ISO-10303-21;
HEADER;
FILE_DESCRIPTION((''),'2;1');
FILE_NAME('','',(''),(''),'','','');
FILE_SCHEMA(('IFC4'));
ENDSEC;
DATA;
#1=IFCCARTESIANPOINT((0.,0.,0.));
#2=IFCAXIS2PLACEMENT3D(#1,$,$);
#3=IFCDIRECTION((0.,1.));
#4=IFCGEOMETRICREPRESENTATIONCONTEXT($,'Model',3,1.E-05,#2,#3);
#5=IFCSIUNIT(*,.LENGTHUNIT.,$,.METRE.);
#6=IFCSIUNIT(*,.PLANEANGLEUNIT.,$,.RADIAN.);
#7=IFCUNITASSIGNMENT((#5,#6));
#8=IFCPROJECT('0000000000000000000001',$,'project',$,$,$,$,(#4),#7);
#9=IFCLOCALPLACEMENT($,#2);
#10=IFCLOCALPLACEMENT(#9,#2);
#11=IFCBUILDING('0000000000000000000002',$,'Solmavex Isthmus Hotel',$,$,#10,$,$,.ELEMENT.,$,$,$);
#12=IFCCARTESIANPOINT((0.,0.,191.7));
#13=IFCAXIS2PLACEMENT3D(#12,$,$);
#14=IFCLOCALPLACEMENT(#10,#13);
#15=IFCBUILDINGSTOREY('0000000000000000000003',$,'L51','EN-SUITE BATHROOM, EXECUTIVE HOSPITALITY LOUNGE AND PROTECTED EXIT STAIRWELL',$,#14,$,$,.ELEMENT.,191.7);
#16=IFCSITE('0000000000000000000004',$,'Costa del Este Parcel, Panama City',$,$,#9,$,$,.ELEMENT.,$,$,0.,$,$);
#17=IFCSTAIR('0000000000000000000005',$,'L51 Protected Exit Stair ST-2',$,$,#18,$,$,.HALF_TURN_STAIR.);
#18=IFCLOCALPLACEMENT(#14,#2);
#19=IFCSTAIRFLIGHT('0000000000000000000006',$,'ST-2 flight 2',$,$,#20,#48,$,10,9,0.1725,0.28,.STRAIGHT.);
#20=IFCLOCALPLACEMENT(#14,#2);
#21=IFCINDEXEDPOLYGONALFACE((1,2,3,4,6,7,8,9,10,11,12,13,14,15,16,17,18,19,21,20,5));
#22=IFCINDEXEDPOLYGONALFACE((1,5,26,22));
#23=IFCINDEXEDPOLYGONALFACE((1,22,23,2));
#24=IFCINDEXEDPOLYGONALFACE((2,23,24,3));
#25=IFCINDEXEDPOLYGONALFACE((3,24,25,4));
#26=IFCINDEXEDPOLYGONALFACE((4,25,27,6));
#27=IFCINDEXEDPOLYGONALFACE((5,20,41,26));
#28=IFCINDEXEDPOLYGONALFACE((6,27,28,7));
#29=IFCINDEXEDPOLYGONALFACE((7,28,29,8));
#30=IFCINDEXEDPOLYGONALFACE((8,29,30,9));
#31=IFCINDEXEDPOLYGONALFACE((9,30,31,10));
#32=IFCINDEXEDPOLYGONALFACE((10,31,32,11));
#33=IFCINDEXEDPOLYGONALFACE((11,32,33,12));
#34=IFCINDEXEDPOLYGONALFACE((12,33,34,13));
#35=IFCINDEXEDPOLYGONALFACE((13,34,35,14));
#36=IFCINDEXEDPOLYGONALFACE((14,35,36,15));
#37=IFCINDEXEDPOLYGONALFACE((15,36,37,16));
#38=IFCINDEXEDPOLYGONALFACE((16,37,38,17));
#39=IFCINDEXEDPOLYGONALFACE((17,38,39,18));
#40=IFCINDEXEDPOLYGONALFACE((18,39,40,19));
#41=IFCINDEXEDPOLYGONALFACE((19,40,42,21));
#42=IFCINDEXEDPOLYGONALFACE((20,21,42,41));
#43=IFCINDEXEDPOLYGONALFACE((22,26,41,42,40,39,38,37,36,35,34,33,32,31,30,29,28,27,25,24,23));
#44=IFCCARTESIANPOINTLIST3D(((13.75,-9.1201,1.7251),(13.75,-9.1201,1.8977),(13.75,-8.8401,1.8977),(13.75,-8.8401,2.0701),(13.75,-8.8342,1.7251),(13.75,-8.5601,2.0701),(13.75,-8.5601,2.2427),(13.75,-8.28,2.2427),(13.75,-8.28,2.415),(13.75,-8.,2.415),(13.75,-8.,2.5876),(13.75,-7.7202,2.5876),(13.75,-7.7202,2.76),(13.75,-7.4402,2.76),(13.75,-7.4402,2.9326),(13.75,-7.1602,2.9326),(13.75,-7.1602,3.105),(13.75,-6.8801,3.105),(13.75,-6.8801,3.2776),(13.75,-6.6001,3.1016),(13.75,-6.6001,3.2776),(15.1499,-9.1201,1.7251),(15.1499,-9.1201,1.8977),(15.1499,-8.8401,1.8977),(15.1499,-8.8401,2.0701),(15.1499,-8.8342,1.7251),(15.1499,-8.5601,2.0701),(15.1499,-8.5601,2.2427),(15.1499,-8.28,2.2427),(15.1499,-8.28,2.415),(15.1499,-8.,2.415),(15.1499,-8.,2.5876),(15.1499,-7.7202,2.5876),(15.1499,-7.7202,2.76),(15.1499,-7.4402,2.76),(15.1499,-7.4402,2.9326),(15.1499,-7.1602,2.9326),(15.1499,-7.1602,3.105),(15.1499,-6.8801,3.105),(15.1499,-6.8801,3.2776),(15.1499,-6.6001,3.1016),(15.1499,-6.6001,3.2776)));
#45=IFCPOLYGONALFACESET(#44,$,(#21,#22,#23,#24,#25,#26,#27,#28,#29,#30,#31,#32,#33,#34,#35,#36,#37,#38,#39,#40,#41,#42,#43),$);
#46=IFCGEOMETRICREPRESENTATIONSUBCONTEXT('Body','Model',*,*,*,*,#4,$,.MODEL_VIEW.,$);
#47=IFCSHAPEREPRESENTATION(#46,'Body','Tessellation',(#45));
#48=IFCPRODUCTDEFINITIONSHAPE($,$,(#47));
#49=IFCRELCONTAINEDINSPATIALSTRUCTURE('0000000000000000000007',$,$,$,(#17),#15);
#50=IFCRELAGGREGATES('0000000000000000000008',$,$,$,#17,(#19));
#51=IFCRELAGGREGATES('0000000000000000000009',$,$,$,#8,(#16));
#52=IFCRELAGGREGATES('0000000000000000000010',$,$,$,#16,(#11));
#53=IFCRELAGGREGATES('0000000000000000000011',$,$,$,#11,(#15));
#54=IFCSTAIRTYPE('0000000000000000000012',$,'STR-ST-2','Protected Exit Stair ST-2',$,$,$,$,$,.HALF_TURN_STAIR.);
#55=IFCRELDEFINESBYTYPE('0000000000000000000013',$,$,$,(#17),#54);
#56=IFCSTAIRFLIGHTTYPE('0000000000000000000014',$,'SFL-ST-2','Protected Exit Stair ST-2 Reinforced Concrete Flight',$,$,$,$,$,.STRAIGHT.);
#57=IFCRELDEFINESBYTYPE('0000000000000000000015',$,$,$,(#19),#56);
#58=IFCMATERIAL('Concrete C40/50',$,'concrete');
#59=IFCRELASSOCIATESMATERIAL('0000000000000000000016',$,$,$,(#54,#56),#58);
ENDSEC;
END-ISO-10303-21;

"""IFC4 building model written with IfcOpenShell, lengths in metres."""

from ifc_helpers import new_model, si_unit, direction, frame, origin, place, context, subcontext, project, spatial, polyline, outline, extrude, material, type_object, element, aggregate, save


model = new_model("IFC4")

# Units and contexts
model_context = context("Model", 3, precision=1e-05, world=origin(), true_north=direction((0.0, 1.0)))
body_context = subcontext(model_context, "Body", "Model", "MODEL_VIEW")
ifc_project = project(units=[si_unit("LENGTHUNIT", "METRE"), si_unit("PLANEANGLEUNIT", "RADIAN")], contexts=[model_context])

# Site, building, storey
site_placement = place(None, origin())
site = spatial("IfcSite", under=ifc_project, at=site_placement, Name="Costa del Este Parcel, Panama City", CompositionType="ELEMENT", RefElevation=0.0)
building_placement = place(site_placement, origin())
building = spatial("IfcBuilding", under=site, at=building_placement, Name="Solmavex Isthmus Hotel", CompositionType="ELEMENT")
storey_placement = place(building_placement, frame((0.0, 0.0, 191.7)))
storey = spatial("IfcBuildingStorey", under=building, at=storey_placement, Name="L51", Description="EN-SUITE BATHROOM, EXECUTIVE HOSPITALITY LOUNGE AND PROTECTED EXIT STAIRWELL", CompositionType="ELEMENT", Elevation=191.7)

# Stair, stair flight
ifc_material_1 = material(Name="Concrete C40/50", Category="concrete")
stair_type = type_object("IfcStairType", Name="STR-ST-2", Description="Protected Exit Stair ST-2", PredefinedType="HALF_TURN_STAIR", material=ifc_material_1)
stair_placement = place(storey_placement, origin())
stair = element("IfcStair", 1, at=stair_placement, inside=storey, type_object=stair_type, Name="L51 Protected Exit Stair ST-2", PredefinedType="HALF_TURN_STAIR")
stair_flight_type = type_object("IfcStairFlightType", Name="SFL-ST-2", Description="Protected Exit Stair ST-2 Reinforced Concrete Flight", PredefinedType="STRAIGHT", material=ifc_material_1)
stair_flight_placement = place(storey_placement, frame((14.45, -9.1201, 1.7251), z_axis=(0.0, 0.0, 1.0), x_axis=(0.0, 1.0, 0.0)))
stair_flight = element("IfcStairFlight", 2, at=stair_flight_placement, type_object=stair_flight_type, Name="ST-2 flight 2", NumberOfRisers=10, NumberOfTreads=9, PredefinedType="STRAIGHT", RiserHeight=0.1725, TreadLength=0.28, context=body_context, shape_type="SweptSolid", body=[
    extrude(outline(polyline([(0.0, 0.0), (0.0, 0.1726), (0.28, 0.1726), (0.28, 0.345), (0.5601, 0.345), (0.5601, 0.5176), (0.8401, 0.5176), (0.8401, 0.6899), (1.1201, 0.6899), (1.1201, 0.8625), (1.3999, 0.8625), (1.3999, 1.0349), (1.6799, 1.0349), (1.6799, 1.2075), (1.96, 1.2075), (1.96, 1.3799), (2.24, 1.3799), (2.24, 1.5525), (2.52, 1.5525), (2.52, 1.7251), (2.52, 1.3765), (0.2859, 0.0), (0.0, 0.0)])), frame((0.0, 0.7, 0.0), z_axis=(0.0, -1.0, 0.0), x_axis=(1.0, 0.0, 0.0)), (0.0, 0.0, 1.0), 1.3999),
])
aggregate(stair, [stair_flight])

save(model, "model.ifc")
